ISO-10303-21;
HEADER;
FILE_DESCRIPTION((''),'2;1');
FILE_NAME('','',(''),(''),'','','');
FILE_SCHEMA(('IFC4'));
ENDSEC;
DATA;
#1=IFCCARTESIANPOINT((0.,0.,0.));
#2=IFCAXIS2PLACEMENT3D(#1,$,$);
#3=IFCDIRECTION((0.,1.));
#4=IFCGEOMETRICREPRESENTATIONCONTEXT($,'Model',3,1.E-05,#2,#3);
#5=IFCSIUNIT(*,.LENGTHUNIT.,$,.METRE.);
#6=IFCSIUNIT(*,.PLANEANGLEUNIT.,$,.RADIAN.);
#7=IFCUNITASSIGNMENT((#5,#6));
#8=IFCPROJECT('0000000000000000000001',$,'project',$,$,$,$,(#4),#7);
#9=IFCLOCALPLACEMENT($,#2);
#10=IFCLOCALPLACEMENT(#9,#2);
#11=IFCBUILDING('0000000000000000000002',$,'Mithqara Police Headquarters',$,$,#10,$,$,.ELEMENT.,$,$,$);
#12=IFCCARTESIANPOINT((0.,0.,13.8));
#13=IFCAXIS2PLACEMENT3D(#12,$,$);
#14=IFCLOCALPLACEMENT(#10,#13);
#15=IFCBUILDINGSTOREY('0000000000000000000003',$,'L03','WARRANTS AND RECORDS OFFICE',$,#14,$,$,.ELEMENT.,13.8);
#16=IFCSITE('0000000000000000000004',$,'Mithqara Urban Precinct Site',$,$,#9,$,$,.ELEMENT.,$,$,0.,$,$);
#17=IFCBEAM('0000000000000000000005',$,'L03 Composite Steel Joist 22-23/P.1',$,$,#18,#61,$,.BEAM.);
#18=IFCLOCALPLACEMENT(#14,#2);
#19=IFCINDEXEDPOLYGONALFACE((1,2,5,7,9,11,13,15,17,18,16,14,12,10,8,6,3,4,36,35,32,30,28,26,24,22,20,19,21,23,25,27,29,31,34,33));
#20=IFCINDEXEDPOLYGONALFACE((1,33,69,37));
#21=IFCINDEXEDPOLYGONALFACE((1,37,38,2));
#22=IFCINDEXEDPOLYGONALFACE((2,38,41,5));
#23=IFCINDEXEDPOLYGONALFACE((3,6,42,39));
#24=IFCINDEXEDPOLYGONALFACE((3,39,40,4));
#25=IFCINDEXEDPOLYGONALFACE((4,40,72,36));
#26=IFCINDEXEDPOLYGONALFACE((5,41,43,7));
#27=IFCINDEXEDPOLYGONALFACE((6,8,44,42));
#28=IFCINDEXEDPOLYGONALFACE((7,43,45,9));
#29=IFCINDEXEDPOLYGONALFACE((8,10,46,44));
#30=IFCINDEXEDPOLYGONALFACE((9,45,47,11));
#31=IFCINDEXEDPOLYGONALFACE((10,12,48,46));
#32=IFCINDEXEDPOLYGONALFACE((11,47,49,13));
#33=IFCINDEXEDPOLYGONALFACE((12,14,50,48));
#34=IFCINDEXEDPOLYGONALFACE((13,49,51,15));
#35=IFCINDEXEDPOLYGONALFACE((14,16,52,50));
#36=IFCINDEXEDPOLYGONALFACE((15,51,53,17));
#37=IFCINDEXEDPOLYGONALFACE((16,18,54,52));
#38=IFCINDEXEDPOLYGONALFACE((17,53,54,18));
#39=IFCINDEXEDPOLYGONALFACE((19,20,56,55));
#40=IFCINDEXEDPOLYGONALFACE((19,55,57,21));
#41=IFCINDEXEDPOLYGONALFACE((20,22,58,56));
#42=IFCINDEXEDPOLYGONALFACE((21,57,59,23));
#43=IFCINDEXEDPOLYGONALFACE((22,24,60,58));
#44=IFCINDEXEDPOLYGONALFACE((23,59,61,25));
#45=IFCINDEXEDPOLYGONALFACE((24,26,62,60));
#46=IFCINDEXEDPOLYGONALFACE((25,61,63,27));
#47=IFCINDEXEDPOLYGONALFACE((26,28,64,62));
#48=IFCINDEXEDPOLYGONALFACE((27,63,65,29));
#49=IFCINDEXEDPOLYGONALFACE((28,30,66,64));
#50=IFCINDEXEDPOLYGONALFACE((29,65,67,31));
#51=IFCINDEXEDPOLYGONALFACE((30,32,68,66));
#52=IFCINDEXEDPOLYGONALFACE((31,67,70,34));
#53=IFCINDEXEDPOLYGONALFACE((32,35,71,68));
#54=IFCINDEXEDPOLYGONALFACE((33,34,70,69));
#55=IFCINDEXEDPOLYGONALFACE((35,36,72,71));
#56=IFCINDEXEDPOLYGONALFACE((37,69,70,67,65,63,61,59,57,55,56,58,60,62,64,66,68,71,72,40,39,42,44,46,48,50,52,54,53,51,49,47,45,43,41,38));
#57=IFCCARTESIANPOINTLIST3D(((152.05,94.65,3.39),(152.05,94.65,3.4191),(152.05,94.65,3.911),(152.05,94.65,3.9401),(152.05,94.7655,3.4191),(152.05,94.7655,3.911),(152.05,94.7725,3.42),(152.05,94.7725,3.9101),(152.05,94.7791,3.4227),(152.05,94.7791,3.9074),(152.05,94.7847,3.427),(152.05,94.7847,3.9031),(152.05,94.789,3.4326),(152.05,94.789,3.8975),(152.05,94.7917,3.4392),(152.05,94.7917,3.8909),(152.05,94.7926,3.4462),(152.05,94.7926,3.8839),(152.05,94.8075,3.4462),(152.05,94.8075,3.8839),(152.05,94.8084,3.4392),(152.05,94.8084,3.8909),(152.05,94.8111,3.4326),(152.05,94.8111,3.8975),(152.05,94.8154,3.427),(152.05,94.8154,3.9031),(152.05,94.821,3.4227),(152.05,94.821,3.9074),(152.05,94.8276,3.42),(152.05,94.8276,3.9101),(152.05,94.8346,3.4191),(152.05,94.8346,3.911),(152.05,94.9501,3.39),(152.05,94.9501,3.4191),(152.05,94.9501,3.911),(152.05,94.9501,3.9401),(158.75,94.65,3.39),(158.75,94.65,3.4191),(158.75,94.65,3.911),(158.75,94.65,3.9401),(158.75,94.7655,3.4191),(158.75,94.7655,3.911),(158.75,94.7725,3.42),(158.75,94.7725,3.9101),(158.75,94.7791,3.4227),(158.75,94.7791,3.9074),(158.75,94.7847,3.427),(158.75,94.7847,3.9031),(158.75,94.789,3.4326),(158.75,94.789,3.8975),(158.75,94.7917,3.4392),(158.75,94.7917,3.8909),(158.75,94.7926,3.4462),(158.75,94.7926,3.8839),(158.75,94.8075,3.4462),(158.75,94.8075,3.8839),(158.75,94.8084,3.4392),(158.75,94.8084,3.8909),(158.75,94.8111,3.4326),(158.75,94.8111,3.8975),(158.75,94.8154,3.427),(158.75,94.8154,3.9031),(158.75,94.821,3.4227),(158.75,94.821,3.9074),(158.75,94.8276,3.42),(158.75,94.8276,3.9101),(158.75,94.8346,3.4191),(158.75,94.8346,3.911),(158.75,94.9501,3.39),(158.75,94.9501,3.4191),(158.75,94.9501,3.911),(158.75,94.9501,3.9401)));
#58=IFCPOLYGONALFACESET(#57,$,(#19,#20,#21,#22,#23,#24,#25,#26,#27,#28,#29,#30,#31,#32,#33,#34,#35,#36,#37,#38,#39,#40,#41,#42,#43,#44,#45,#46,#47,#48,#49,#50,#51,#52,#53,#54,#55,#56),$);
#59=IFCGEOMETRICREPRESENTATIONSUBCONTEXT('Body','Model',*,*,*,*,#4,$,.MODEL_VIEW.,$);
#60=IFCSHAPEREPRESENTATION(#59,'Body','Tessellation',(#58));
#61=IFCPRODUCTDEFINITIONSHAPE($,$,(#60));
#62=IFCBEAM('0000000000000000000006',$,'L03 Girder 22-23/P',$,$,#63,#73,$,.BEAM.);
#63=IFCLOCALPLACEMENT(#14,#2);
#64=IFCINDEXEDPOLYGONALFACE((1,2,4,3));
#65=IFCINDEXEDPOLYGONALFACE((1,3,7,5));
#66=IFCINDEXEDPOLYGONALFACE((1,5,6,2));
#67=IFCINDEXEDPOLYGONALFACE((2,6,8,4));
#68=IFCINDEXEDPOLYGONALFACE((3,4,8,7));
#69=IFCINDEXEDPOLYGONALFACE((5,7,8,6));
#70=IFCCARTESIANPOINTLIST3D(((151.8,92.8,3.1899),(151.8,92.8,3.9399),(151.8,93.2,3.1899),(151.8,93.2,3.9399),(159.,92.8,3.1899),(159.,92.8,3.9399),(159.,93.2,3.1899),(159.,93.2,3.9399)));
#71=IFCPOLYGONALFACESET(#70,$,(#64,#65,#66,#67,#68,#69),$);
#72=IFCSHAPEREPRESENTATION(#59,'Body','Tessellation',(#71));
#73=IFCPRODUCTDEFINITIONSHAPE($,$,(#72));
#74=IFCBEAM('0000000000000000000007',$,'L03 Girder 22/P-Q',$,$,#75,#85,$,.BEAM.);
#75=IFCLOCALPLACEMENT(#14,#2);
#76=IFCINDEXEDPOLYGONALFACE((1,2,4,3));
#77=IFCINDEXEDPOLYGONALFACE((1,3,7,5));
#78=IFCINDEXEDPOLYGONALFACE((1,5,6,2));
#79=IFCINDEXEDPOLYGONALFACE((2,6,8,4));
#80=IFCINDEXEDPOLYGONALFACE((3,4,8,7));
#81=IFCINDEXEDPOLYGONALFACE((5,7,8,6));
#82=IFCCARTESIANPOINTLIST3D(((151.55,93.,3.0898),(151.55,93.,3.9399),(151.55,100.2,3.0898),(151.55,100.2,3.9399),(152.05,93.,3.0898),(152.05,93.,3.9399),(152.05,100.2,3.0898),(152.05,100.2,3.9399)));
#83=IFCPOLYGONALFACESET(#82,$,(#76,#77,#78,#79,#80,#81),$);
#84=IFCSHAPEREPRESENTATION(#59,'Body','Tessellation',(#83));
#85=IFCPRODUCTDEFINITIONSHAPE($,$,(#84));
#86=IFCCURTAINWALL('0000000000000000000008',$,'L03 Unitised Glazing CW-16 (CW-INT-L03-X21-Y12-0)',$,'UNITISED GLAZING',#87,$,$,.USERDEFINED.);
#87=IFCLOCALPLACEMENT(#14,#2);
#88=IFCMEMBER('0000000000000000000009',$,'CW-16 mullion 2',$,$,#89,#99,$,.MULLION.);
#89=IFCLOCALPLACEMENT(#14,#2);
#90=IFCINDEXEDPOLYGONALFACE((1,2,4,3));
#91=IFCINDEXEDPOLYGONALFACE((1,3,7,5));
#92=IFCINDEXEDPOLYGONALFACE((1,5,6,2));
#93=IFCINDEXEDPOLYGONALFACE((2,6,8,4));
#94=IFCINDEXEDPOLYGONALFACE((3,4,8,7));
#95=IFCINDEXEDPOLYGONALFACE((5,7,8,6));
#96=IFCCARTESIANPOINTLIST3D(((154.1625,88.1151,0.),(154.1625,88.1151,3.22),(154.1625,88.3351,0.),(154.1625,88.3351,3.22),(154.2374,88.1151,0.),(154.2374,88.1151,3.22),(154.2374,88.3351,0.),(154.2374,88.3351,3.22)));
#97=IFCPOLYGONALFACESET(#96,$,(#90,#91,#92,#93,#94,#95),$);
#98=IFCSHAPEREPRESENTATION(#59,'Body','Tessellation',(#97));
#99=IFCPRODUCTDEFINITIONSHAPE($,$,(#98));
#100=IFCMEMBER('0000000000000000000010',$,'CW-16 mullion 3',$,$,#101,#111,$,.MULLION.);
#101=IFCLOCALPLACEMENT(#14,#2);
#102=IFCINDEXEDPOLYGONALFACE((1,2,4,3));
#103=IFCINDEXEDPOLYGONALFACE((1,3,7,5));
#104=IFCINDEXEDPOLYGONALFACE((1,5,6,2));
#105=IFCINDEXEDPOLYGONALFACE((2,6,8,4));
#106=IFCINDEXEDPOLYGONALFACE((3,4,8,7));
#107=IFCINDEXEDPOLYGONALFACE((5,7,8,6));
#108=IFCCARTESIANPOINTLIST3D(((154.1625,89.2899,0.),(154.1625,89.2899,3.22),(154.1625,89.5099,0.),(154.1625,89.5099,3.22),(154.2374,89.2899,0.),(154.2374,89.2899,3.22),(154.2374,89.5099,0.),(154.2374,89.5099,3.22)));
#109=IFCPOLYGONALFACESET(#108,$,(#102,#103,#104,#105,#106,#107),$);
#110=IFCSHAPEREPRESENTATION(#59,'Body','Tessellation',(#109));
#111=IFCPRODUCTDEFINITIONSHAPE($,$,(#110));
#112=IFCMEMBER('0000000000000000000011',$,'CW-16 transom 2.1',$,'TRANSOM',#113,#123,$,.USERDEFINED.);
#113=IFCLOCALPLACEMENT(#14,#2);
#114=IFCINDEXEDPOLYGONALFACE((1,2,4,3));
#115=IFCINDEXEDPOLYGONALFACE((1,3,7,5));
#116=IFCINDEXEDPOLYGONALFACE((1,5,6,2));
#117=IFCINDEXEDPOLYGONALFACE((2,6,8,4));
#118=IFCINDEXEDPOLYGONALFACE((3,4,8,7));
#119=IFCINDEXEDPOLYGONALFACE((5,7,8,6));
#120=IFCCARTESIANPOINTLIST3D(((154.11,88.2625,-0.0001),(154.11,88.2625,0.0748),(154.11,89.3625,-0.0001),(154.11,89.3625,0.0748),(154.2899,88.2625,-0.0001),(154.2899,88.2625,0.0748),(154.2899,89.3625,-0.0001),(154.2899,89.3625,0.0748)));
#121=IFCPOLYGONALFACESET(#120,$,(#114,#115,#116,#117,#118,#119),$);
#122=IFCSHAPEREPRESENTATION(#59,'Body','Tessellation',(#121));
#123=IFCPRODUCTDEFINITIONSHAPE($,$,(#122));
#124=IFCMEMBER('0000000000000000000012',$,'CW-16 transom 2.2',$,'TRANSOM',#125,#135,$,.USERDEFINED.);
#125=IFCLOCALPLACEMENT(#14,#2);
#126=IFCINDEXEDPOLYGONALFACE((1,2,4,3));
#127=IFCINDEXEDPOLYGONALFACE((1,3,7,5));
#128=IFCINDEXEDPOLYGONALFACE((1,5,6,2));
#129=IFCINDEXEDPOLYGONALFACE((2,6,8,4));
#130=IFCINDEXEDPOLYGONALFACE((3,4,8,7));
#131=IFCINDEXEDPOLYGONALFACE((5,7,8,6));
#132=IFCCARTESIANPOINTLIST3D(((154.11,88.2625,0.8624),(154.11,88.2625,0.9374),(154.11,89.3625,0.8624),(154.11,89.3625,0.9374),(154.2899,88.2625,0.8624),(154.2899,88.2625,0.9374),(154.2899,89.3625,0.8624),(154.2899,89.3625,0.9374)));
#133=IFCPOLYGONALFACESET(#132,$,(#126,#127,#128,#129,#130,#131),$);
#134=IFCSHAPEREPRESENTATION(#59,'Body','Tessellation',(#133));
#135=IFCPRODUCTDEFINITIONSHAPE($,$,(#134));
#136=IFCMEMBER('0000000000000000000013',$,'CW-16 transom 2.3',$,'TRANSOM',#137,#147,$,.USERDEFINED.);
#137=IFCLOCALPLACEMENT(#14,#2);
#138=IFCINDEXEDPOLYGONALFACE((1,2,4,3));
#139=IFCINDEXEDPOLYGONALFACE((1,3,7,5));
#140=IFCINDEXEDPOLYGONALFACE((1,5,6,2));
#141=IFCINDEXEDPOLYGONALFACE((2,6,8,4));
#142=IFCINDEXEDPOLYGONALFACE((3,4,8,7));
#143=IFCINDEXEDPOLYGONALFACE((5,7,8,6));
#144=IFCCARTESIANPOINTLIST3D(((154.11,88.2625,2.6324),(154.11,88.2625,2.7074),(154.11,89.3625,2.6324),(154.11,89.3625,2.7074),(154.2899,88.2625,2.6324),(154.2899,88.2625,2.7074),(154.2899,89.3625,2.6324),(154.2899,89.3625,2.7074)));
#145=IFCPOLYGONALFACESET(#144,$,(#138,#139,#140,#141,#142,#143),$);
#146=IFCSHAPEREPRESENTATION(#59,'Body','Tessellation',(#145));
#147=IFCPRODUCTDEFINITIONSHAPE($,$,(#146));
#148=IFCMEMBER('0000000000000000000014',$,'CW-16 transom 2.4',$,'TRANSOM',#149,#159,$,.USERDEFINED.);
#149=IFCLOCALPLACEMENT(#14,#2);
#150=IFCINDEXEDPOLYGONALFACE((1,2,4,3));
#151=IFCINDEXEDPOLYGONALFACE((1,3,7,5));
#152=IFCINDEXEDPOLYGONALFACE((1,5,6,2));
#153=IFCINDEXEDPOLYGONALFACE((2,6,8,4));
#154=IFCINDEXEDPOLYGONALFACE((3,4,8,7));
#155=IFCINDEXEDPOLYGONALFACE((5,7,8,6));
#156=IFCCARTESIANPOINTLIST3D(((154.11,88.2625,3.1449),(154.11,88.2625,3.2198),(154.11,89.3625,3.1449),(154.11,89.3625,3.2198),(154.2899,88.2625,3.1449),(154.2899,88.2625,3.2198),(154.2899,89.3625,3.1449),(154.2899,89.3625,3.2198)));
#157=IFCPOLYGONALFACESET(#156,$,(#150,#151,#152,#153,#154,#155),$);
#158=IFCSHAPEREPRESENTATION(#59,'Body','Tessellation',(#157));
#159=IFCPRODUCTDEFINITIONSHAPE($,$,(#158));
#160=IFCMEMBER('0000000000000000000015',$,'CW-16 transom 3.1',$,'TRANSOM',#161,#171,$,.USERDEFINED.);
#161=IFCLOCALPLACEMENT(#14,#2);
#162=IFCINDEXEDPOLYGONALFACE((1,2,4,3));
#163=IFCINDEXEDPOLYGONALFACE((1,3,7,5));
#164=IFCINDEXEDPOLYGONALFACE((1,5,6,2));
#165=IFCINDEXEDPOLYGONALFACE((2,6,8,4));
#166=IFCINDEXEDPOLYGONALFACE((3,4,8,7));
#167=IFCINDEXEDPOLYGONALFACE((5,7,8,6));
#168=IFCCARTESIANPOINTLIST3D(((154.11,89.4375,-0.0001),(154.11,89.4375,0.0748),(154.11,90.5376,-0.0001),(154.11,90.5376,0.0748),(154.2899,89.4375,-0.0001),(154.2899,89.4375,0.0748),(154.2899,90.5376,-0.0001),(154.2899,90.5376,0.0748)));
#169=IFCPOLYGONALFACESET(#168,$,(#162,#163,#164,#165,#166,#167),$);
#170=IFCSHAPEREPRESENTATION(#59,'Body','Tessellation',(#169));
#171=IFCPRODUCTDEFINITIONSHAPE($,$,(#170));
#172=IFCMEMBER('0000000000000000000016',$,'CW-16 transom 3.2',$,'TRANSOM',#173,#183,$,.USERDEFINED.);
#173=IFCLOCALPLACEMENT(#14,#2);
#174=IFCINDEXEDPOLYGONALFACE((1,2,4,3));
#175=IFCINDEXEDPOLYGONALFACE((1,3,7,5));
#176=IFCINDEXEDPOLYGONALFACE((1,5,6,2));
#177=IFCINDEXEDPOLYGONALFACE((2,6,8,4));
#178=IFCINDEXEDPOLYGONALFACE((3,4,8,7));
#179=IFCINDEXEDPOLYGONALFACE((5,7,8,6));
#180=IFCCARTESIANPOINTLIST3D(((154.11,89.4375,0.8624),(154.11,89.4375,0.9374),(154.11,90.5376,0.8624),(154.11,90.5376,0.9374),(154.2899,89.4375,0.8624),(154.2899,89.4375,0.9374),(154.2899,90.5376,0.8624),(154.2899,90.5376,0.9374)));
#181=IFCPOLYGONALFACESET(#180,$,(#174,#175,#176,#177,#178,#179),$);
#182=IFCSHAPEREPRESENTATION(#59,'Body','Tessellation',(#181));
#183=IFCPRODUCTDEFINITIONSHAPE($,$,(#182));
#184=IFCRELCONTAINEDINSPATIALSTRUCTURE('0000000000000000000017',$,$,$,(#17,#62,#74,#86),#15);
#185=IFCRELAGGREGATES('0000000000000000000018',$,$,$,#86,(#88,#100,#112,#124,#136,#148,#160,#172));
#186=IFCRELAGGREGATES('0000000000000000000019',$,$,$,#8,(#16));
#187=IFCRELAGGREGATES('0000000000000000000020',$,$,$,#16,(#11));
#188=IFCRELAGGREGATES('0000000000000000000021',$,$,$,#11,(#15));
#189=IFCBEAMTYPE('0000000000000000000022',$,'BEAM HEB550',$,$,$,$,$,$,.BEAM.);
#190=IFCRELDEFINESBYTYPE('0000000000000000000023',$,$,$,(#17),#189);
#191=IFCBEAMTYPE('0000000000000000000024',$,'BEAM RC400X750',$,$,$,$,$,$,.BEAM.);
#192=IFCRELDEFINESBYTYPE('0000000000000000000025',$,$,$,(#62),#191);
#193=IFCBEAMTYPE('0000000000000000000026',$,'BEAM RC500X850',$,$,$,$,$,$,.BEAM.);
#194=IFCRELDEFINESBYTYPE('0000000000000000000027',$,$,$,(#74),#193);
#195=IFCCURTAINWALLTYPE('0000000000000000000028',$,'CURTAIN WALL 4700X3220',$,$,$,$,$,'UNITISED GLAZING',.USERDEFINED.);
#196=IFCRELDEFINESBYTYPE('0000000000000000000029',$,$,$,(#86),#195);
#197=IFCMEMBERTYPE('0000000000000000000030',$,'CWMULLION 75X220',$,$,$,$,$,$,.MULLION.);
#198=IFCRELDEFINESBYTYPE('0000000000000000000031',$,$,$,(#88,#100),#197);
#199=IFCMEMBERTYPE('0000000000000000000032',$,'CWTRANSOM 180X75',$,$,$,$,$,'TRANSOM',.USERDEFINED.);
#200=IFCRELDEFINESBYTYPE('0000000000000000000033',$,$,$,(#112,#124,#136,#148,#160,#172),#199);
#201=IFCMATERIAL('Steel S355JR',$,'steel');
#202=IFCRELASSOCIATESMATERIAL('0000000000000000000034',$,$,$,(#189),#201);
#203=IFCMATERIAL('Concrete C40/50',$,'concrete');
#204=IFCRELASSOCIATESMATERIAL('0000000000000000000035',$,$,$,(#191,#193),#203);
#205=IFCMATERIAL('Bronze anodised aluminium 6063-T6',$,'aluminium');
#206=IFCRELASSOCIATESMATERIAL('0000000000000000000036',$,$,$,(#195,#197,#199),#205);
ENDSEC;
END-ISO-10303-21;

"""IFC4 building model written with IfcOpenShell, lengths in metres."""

from ifc_helpers import new_model, si_unit, direction, frame, origin, origin_2d, place, context, subcontext, project, spatial, rectangle, i_section, extrude, material, material_profile, profile_set, type_object, element, aggregate, save


model = new_model("IFC4")

# Units and contexts
model_context = context("Model", 3, precision=1e-05, world=origin(), true_north=direction((0.0, 1.0)))
body_context = subcontext(model_context, "Body", "Model", "MODEL_VIEW")
ifc_project = project(units=[si_unit("LENGTHUNIT", "METRE"), si_unit("PLANEANGLEUNIT", "RADIAN")], contexts=[model_context])

# Site, building, storey
site_placement = place(None, origin())
site = spatial("IfcSite", under=ifc_project, at=site_placement, Name="Mithqara Urban Precinct Site", CompositionType="ELEMENT", RefElevation=0.0)
building_placement = place(site_placement, origin())
building = spatial("IfcBuilding", under=site, at=building_placement, Name="Mithqara Police Headquarters", CompositionType="ELEMENT")
storey_placement = place(building_placement, frame((0.0, 0.0, 13.8)))
storey = spatial("IfcBuildingStorey", under=building, at=storey_placement, Name="L03", Description="WARRANTS AND RECORDS OFFICE", CompositionType="ELEMENT", Elevation=13.8)

# Beams
ifc_material_1 = material(Name="Steel S355JR", Category="steel")
ifc_material_profile_1 = material_profile(ifc_material_1, i_section(OverallWidth=0.3, OverallDepth=0.55, WebThickness=0.0149, FlangeThickness=0.0291, FilletRadius=0.0271, at=origin_2d()), Name="HEB 550")
ifc_profile_set_1 = profile_set([ifc_material_profile_1], Name="Steel S355JR")
beam_type_1 = type_object("IfcBeamType", Name="BEAM HEB550", PredefinedType="BEAM", material=ifc_profile_set_1)
beam_1_placement = place(storey_placement, frame((152.05, 94.8, 3.665), z_axis=(1.0, 0.0, 0.0), x_axis=(0.0, 1.0, 0.0)))
element("IfcBeam", 1, at=beam_1_placement, inside=storey, type_object=beam_type_1, Name="L03 Composite Steel Joist 22-23/P.1", PredefinedType="BEAM", context=body_context, shape_type="SweptSolid", body=[
    extrude(i_section(OverallWidth=0.3, OverallDepth=0.55, WebThickness=0.0149, FlangeThickness=0.0291, FilletRadius=0.0271, at=origin_2d()), origin(), (0.0, 0.0, 1.0), 6.7),
])
ifc_material_2 = material(Name="Concrete C40/50", Category="concrete")
ifc_material_profile_2 = material_profile(ifc_material_2, rectangle(XDim=0.3999, YDim=0.75, at=origin_2d()), Name="RC 400x750")
ifc_profile_set_2 = profile_set([ifc_material_profile_2], Name="Concrete C40/50")
beam_type_2 = type_object("IfcBeamType", Name="BEAM RC400X750", PredefinedType="BEAM", material=ifc_profile_set_2)
beam_2_placement = place(storey_placement, frame((151.8, 93.0, 3.5649), z_axis=(1.0, 0.0, 0.0), x_axis=(0.0, 1.0, 0.0)))
element("IfcBeam", 2, at=beam_2_placement, inside=storey, type_object=beam_type_2, Name="L03 Girder 22-23/P", PredefinedType="BEAM", context=body_context, shape_type="SweptSolid", body=[
    extrude(rectangle(XDim=0.3999, YDim=0.75, at=origin_2d()), origin(), (0.0, 0.0, 1.0), 7.2),
])
ifc_material_profile_3 = material_profile(ifc_material_2, rectangle(XDim=0.5, YDim=0.8501, at=origin_2d()), Name="RC 500x850")
ifc_profile_set_3 = profile_set([ifc_material_profile_3], Name="Concrete C40/50")
beam_type_3 = type_object("IfcBeamType", Name="BEAM RC500X850", PredefinedType="BEAM", material=ifc_profile_set_3)
beam_3_placement = place(storey_placement, frame((151.8, 93.0, 3.5149), z_axis=(0.0, 1.0, 0.0), x_axis=(-1.0, 0.0, 0.0)))
element("IfcBeam", 3, at=beam_3_placement, inside=storey, type_object=beam_type_3, Name="L03 Girder 22/P-Q", PredefinedType="BEAM", context=body_context, shape_type="SweptSolid", body=[
    extrude(rectangle(XDim=0.5, YDim=0.8501, at=origin_2d()), origin(), (0.0, 0.0, 1.0), 7.2),
])

# Curtain wall, members
ifc_material_3 = material(Name="Bronze anodised aluminium 6063-T6", Category="aluminium")
curtain_wall_type = type_object("IfcCurtainWallType", Name="CURTAIN WALL 4700X3220", ElementType="UNITISED GLAZING", PredefinedType="USERDEFINED", material=ifc_material_3)
curtain_wall_placement = place(storey_placement, origin())
curtain_wall = element("IfcCurtainWall", 4, at=curtain_wall_placement, inside=storey, type_object=curtain_wall_type, Name="L03 Unitised Glazing CW-16 (CW-INT-L03-X21-Y12-0)", ObjectType="UNITISED GLAZING", PredefinedType="USERDEFINED")
ifc_material_profile_4 = material_profile(ifc_material_3, rectangle(XDim=0.075, YDim=0.22, at=origin_2d()), Name="CWM 75x220")
ifc_profile_set_4 = profile_set([ifc_material_profile_4], Name="Bronze anodised aluminium 6063-T6")
member_type_1 = type_object("IfcMemberType", Name="CWMULLION 75X220", PredefinedType="MULLION", material=ifc_profile_set_4)
member_1_placement = place(storey_placement, frame((154.2, 88.2251, 0.0), z_axis=(0.0, 0.0, 1.0), x_axis=(-1.0, 0.0, 0.0)))
member_1 = element("IfcMember", 5, at=member_1_placement, type_object=member_type_1, Name="CW-16 mullion 2", PredefinedType="MULLION", context=body_context, shape_type="SweptSolid", body=[
    extrude(rectangle(XDim=0.075, YDim=0.22, at=origin_2d()), origin(), (0.0, 0.0, 1.0), 3.22),
])
member_2_placement = place(storey_placement, frame((154.2, 89.3999, 0.0), z_axis=(0.0, 0.0, 1.0), x_axis=(-1.0, 0.0, 0.0)))
member_2 = element("IfcMember", 6, at=member_2_placement, type_object=member_type_1, Name="CW-16 mullion 3", PredefinedType="MULLION", context=body_context, shape_type="SweptSolid", body=[
    extrude(rectangle(XDim=0.075, YDim=0.22, at=origin_2d()), origin(), (0.0, 0.0, 1.0), 3.22),
])
ifc_material_profile_5 = material_profile(ifc_material_3, rectangle(XDim=0.1799, YDim=0.075, at=origin_2d()), Name="CWT 180x75")
ifc_profile_set_5 = profile_set([ifc_material_profile_5], Name="Bronze anodised aluminium 6063-T6")
member_type_2 = type_object("IfcMemberType", Name="CWTRANSOM 180X75", ElementType="TRANSOM", PredefinedType="USERDEFINED", material=ifc_profile_set_5)
member_3_placement = place(storey_placement, frame((154.2, 88.2625, 0.0374), z_axis=(0.0, 1.0, 0.0), x_axis=(-1.0, 0.0, 0.0)))
member_3 = element("IfcMember", 7, at=member_3_placement, type_object=member_type_2, Name="CW-16 transom 2.1", ObjectType="TRANSOM", PredefinedType="USERDEFINED", context=body_context, shape_type="SweptSolid", body=[
    extrude(rectangle(XDim=0.1799, YDim=0.075, at=origin_2d()), origin(), (0.0, 0.0, 1.0), 1.1001),
])
member_4_placement = place(storey_placement, frame((154.2, 88.2625, 0.8999), z_axis=(0.0, 1.0, 0.0), x_axis=(-1.0, 0.0, 0.0)))
member_4 = element("IfcMember", 8, at=member_4_placement, type_object=member_type_2, Name="CW-16 transom 2.2", ObjectType="TRANSOM", PredefinedType="USERDEFINED", context=body_context, shape_type="SweptSolid", body=[
    extrude(rectangle(XDim=0.1799, YDim=0.075, at=origin_2d()), origin(), (0.0, 0.0, 1.0), 1.1001),
])
member_5_placement = place(storey_placement, frame((154.2, 88.2625, 2.6699), z_axis=(0.0, 1.0, 0.0), x_axis=(-1.0, 0.0, 0.0)))
member_5 = element("IfcMember", 9, at=member_5_placement, type_object=member_type_2, Name="CW-16 transom 2.3", ObjectType="TRANSOM", PredefinedType="USERDEFINED", context=body_context, shape_type="SweptSolid", body=[
    extrude(rectangle(XDim=0.1799, YDim=0.075, at=origin_2d()), origin(), (0.0, 0.0, 1.0), 1.1001),
])
member_6_placement = place(storey_placement, frame((154.2, 88.2625, 3.1824), z_axis=(0.0, 1.0, 0.0), x_axis=(-1.0, 0.0, 0.0)))
member_6 = element("IfcMember", 10, at=member_6_placement, type_object=member_type_2, Name="CW-16 transom 2.4", ObjectType="TRANSOM", PredefinedType="USERDEFINED", context=body_context, shape_type="SweptSolid", body=[
    extrude(rectangle(XDim=0.1799, YDim=0.075, at=origin_2d()), origin(), (0.0, 0.0, 1.0), 1.1001),
])
member_7_placement = place(storey_placement, frame((154.2, 89.4375, 0.0374), z_axis=(0.0, 1.0, 0.0), x_axis=(-1.0, 0.0, 0.0)))
member_7 = element("IfcMember", 11, at=member_7_placement, type_object=member_type_2, Name="CW-16 transom 3.1", ObjectType="TRANSOM", PredefinedType="USERDEFINED", context=body_context, shape_type="SweptSolid", body=[
    extrude(rectangle(XDim=0.1799, YDim=0.075, at=origin_2d()), origin(), (0.0, 0.0, 1.0), 1.1001),
])
member_8_placement = place(storey_placement, frame((154.2, 89.4375, 0.8999), z_axis=(0.0, 1.0, 0.0), x_axis=(-1.0, 0.0, 0.0)))
member_8 = element("IfcMember", 12, at=member_8_placement, type_object=member_type_2, Name="CW-16 transom 3.2", ObjectType="TRANSOM", PredefinedType="USERDEFINED", context=body_context, shape_type="SweptSolid", body=[
    extrude(rectangle(XDim=0.1799, YDim=0.075, at=origin_2d()), origin(), (0.0, 0.0, 1.0), 1.1001),
])
aggregate(curtain_wall, [member_1, member_2, member_3, member_4, member_5, member_6, member_7, member_8])

save(model, "model.ifc")
